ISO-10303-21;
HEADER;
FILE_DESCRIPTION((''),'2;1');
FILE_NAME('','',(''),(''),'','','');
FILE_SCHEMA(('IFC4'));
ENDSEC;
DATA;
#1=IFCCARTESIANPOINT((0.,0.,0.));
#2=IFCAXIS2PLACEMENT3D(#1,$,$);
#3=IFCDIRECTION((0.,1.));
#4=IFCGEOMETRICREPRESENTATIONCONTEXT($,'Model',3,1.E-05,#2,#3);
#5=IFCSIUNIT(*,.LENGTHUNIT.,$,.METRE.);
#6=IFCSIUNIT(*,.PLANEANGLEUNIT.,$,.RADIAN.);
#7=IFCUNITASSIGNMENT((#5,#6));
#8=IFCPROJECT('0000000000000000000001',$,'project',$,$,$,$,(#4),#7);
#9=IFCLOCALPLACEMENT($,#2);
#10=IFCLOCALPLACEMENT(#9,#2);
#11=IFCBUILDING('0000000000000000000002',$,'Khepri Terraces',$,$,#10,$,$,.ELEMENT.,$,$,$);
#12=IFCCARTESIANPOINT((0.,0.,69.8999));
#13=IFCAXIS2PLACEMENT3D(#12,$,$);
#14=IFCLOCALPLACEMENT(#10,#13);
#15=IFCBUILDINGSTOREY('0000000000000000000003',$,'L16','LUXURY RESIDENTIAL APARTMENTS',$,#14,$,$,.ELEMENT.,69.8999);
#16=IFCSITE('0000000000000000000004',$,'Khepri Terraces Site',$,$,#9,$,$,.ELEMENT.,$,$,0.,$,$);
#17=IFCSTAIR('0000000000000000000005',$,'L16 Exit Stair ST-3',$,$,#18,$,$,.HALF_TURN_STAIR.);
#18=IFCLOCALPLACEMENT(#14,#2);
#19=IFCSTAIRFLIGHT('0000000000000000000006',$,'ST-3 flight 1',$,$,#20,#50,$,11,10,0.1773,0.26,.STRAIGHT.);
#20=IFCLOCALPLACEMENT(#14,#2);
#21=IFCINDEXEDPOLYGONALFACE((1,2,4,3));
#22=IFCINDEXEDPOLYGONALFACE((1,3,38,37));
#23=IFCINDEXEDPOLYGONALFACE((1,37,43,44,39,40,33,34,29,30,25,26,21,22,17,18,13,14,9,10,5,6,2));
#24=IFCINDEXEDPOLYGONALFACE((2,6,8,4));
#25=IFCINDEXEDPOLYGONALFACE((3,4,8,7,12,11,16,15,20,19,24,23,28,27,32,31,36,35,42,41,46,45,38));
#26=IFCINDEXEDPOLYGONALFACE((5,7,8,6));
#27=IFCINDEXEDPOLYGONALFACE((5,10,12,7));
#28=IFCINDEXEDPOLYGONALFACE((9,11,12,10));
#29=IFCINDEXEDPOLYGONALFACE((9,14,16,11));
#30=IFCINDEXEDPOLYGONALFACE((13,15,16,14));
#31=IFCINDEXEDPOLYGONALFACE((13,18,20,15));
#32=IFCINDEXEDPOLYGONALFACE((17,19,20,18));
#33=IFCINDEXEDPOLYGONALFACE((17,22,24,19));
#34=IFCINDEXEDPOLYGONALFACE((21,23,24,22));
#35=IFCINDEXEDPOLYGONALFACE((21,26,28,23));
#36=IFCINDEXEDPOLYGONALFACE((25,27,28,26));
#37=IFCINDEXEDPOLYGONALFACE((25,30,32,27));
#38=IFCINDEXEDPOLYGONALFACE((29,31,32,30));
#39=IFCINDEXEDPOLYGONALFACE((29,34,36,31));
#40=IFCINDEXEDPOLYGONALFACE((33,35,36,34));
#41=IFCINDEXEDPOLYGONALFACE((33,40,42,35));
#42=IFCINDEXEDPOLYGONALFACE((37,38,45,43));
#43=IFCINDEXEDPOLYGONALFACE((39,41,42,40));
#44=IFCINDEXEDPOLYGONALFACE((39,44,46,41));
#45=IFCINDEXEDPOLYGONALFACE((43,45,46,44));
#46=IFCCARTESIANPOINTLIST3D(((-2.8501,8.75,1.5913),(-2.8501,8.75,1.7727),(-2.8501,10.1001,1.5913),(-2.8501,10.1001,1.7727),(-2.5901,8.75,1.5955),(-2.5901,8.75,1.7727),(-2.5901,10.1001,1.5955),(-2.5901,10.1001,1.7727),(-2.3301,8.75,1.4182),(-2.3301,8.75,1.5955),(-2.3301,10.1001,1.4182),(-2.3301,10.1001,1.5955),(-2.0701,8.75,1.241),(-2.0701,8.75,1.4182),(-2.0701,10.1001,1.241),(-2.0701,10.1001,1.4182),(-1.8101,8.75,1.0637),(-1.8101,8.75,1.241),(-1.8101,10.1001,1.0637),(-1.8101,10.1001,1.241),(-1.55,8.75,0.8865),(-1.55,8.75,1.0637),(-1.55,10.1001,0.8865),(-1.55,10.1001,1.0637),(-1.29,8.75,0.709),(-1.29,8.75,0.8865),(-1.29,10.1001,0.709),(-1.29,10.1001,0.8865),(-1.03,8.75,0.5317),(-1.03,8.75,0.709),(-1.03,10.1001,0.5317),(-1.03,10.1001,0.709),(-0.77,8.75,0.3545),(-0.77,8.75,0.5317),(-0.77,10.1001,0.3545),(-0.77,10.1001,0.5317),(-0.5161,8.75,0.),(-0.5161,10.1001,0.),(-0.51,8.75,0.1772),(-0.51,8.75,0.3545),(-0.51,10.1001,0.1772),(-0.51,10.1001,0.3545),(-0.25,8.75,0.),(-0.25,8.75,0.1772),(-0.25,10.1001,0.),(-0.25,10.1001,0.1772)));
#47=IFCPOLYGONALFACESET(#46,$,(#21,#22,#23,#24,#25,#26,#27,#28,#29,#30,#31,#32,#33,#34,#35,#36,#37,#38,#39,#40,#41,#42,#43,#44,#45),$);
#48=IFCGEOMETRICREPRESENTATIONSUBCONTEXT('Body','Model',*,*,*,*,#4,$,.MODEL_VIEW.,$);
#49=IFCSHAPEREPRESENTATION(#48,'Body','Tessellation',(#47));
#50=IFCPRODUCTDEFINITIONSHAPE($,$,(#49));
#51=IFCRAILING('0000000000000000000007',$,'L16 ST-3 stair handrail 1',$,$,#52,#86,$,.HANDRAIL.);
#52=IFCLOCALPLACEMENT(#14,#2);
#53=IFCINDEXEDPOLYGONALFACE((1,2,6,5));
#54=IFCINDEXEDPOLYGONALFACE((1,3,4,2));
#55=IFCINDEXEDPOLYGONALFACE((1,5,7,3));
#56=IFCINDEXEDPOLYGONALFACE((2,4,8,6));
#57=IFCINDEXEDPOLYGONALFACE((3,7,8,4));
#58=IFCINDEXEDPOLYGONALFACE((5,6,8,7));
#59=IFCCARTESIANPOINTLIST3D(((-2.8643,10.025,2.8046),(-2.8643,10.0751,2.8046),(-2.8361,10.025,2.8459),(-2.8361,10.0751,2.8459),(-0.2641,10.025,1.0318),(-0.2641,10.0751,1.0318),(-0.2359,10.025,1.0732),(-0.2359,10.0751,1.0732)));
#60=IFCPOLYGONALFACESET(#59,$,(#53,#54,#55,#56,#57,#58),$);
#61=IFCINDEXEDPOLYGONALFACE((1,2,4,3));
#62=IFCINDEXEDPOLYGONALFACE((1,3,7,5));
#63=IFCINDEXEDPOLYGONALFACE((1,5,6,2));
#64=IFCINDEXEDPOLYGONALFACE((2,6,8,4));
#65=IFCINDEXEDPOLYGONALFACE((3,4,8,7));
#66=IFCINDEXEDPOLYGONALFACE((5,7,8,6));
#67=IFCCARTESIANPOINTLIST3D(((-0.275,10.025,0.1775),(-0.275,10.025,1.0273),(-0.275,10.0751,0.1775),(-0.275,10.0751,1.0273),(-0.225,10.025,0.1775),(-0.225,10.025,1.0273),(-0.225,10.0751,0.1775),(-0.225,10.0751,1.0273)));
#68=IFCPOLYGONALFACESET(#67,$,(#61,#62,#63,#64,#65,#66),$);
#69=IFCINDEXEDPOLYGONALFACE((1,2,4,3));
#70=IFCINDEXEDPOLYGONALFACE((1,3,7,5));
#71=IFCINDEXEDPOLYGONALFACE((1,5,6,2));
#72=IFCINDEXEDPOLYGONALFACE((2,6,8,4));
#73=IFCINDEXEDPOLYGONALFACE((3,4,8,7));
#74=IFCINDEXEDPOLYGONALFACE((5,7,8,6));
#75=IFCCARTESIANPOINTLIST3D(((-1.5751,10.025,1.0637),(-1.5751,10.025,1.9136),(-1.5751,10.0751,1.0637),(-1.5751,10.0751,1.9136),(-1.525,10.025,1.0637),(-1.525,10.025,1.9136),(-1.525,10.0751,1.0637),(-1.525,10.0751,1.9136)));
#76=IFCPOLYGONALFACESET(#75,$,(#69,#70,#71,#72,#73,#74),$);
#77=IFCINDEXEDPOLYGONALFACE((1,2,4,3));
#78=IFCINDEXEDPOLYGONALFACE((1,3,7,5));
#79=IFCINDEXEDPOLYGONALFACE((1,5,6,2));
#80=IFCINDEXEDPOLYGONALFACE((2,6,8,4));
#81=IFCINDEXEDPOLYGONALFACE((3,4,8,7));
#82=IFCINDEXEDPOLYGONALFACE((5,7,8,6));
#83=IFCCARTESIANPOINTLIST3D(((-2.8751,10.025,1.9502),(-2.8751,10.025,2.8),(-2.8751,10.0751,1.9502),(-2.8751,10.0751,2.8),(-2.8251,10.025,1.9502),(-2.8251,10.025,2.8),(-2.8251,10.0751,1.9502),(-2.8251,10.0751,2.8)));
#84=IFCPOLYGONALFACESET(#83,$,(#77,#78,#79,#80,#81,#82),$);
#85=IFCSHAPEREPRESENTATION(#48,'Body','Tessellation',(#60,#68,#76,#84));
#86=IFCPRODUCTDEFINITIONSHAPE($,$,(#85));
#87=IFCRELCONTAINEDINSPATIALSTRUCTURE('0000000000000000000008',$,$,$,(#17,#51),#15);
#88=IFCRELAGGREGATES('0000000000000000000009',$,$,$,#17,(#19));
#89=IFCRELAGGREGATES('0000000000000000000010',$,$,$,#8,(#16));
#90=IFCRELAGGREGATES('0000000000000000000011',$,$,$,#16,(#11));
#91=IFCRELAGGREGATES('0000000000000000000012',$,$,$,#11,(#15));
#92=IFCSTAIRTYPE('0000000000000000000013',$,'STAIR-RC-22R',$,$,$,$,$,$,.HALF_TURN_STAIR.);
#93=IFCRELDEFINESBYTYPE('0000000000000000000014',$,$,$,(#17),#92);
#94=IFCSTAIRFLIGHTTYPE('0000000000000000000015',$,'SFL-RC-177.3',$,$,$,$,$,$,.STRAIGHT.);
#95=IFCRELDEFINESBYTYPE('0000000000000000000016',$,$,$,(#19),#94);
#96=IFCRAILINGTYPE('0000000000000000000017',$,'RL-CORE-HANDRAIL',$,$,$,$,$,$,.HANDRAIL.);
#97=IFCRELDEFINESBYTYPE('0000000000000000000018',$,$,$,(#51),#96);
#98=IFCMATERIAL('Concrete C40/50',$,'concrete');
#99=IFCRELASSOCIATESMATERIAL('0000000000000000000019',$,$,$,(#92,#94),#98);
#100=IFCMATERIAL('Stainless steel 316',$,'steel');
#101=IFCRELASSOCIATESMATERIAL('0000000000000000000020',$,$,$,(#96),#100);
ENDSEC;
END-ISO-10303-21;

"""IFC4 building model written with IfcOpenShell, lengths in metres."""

from ifc_helpers import new_model, si_unit, direction, frame, origin, origin_2d, place, context, subcontext, project, spatial, polyline, rectangle, outline, extrude, material, type_object, element, aggregate, save


model = new_model("IFC4")

# Units and contexts
model_context = context("Model", 3, precision=1e-05, world=origin(), true_north=direction((0.0, 1.0)))
body_context = subcontext(model_context, "Body", "Model", "MODEL_VIEW")
ifc_project = project(units=[si_unit("LENGTHUNIT", "METRE"), si_unit("PLANEANGLEUNIT", "RADIAN")], contexts=[model_context])

# Site, building, storey
site_placement = place(None, origin())
site = spatial("IfcSite", under=ifc_project, at=site_placement, Name="Khepri Terraces Site", CompositionType="ELEMENT", RefElevation=0.0)
building_placement = place(site_placement, origin())
building = spatial("IfcBuilding", under=site, at=building_placement, Name="Khepri Terraces", CompositionType="ELEMENT")
storey_placement = place(building_placement, frame((0.0, 0.0, 69.8999)))
storey = spatial("IfcBuildingStorey", under=building, at=storey_placement, Name="L16", Description="LUXURY RESIDENTIAL APARTMENTS", CompositionType="ELEMENT", Elevation=69.8999)

# Stair, stair flight
ifc_material_1 = material(Name="Concrete C40/50", Category="concrete")
stair_type = type_object("IfcStairType", Name="STAIR-RC-22R", PredefinedType="HALF_TURN_STAIR", material=ifc_material_1)
stair_placement = place(storey_placement, origin())
stair = element("IfcStair", 1, at=stair_placement, inside=storey, type_object=stair_type, Name="L16 Exit Stair ST-3", PredefinedType="HALF_TURN_STAIR")
stair_flight_type = type_object("IfcStairFlightType", Name="SFL-RC-177.3", PredefinedType="STRAIGHT", material=ifc_material_1)
stair_flight_placement = place(storey_placement, frame((-0.25, 9.425, 0.0), z_axis=(0.0, 0.0, 1.0), x_axis=(-1.0, 0.0, 0.0)))
stair_flight = element("IfcStairFlight", 2, at=stair_flight_placement, type_object=stair_flight_type, Name="ST-3 flight 1", NumberOfRisers=11, NumberOfTreads=10, PredefinedType="STRAIGHT", RiserHeight=0.1773, TreadLength=0.26, context=body_context, shape_type="SweptSolid", body=[
    extrude(outline(polyline([(0.0, 0.0), (0.0, 0.1772), (0.26, 0.1772), (0.26, 0.3545), (0.52, 0.3545), (0.52, 0.5317), (0.78, 0.5317), (0.78, 0.709), (1.04, 0.709), (1.04, 0.8865), (1.3, 0.8865), (1.3, 1.0637), (1.5601, 1.0637), (1.5601, 1.241), (1.8201, 1.241), (1.8201, 1.4182), (2.0801, 1.4182), (2.0801, 1.5955), (2.3401, 1.5955), (2.3401, 1.7727), (2.6001, 1.7727), (2.6001, 1.95), (2.6001, 1.5913), (0.2661, 0.0), (0.0, 0.0)])), frame((0.0, 0.675, 0.0), z_axis=(0.0, -1.0, 0.0), x_axis=(1.0, 0.0, 0.0)), (0.0, 0.0, 1.0), 1.3501),
])
aggregate(stair, [stair_flight])

# Railing
ifc_material_2 = material(Name="Stainless steel 316", Category="steel")
railing_type = type_object("IfcRailingType", Name="RL-CORE-HANDRAIL", PredefinedType="HANDRAIL", material=ifc_material_2)
railing_placement = place(storey_placement, frame((-0.25, 10.05, 0.1775)))
element("IfcRailing", 3, at=railing_placement, inside=storey, type_object=railing_type, Name="L16 ST-3 stair handrail 1", PredefinedType="HANDRAIL", context=body_context, shape_type="SweptSolid", body=[
    extrude(rectangle(XDim=0.05, YDim=0.05, at=origin_2d()), frame((0.0, 0.0, 0.875), z_axis=(-0.82624, 0.0, 0.563318), x_axis=(0.0, -1.0, 0.0)), (0.0, 0.0, 1.0), 3.147),
    extrude(rectangle(XDim=0.05, YDim=0.05, at=origin_2d()), origin(), (0.0, 0.0, 1.0), 0.8499),
    extrude(rectangle(XDim=0.05, YDim=0.05, at=origin_2d()), frame((-1.3, 0.0, 0.8862)), (0.0, 0.0, 1.0), 0.8499),
    extrude(rectangle(XDim=0.05, YDim=0.05, at=origin_2d()), frame((-2.6001, 0.0, 1.7727)), (0.0, 0.0, 1.0), 0.8499),
])

save(model, "model.ifc")
